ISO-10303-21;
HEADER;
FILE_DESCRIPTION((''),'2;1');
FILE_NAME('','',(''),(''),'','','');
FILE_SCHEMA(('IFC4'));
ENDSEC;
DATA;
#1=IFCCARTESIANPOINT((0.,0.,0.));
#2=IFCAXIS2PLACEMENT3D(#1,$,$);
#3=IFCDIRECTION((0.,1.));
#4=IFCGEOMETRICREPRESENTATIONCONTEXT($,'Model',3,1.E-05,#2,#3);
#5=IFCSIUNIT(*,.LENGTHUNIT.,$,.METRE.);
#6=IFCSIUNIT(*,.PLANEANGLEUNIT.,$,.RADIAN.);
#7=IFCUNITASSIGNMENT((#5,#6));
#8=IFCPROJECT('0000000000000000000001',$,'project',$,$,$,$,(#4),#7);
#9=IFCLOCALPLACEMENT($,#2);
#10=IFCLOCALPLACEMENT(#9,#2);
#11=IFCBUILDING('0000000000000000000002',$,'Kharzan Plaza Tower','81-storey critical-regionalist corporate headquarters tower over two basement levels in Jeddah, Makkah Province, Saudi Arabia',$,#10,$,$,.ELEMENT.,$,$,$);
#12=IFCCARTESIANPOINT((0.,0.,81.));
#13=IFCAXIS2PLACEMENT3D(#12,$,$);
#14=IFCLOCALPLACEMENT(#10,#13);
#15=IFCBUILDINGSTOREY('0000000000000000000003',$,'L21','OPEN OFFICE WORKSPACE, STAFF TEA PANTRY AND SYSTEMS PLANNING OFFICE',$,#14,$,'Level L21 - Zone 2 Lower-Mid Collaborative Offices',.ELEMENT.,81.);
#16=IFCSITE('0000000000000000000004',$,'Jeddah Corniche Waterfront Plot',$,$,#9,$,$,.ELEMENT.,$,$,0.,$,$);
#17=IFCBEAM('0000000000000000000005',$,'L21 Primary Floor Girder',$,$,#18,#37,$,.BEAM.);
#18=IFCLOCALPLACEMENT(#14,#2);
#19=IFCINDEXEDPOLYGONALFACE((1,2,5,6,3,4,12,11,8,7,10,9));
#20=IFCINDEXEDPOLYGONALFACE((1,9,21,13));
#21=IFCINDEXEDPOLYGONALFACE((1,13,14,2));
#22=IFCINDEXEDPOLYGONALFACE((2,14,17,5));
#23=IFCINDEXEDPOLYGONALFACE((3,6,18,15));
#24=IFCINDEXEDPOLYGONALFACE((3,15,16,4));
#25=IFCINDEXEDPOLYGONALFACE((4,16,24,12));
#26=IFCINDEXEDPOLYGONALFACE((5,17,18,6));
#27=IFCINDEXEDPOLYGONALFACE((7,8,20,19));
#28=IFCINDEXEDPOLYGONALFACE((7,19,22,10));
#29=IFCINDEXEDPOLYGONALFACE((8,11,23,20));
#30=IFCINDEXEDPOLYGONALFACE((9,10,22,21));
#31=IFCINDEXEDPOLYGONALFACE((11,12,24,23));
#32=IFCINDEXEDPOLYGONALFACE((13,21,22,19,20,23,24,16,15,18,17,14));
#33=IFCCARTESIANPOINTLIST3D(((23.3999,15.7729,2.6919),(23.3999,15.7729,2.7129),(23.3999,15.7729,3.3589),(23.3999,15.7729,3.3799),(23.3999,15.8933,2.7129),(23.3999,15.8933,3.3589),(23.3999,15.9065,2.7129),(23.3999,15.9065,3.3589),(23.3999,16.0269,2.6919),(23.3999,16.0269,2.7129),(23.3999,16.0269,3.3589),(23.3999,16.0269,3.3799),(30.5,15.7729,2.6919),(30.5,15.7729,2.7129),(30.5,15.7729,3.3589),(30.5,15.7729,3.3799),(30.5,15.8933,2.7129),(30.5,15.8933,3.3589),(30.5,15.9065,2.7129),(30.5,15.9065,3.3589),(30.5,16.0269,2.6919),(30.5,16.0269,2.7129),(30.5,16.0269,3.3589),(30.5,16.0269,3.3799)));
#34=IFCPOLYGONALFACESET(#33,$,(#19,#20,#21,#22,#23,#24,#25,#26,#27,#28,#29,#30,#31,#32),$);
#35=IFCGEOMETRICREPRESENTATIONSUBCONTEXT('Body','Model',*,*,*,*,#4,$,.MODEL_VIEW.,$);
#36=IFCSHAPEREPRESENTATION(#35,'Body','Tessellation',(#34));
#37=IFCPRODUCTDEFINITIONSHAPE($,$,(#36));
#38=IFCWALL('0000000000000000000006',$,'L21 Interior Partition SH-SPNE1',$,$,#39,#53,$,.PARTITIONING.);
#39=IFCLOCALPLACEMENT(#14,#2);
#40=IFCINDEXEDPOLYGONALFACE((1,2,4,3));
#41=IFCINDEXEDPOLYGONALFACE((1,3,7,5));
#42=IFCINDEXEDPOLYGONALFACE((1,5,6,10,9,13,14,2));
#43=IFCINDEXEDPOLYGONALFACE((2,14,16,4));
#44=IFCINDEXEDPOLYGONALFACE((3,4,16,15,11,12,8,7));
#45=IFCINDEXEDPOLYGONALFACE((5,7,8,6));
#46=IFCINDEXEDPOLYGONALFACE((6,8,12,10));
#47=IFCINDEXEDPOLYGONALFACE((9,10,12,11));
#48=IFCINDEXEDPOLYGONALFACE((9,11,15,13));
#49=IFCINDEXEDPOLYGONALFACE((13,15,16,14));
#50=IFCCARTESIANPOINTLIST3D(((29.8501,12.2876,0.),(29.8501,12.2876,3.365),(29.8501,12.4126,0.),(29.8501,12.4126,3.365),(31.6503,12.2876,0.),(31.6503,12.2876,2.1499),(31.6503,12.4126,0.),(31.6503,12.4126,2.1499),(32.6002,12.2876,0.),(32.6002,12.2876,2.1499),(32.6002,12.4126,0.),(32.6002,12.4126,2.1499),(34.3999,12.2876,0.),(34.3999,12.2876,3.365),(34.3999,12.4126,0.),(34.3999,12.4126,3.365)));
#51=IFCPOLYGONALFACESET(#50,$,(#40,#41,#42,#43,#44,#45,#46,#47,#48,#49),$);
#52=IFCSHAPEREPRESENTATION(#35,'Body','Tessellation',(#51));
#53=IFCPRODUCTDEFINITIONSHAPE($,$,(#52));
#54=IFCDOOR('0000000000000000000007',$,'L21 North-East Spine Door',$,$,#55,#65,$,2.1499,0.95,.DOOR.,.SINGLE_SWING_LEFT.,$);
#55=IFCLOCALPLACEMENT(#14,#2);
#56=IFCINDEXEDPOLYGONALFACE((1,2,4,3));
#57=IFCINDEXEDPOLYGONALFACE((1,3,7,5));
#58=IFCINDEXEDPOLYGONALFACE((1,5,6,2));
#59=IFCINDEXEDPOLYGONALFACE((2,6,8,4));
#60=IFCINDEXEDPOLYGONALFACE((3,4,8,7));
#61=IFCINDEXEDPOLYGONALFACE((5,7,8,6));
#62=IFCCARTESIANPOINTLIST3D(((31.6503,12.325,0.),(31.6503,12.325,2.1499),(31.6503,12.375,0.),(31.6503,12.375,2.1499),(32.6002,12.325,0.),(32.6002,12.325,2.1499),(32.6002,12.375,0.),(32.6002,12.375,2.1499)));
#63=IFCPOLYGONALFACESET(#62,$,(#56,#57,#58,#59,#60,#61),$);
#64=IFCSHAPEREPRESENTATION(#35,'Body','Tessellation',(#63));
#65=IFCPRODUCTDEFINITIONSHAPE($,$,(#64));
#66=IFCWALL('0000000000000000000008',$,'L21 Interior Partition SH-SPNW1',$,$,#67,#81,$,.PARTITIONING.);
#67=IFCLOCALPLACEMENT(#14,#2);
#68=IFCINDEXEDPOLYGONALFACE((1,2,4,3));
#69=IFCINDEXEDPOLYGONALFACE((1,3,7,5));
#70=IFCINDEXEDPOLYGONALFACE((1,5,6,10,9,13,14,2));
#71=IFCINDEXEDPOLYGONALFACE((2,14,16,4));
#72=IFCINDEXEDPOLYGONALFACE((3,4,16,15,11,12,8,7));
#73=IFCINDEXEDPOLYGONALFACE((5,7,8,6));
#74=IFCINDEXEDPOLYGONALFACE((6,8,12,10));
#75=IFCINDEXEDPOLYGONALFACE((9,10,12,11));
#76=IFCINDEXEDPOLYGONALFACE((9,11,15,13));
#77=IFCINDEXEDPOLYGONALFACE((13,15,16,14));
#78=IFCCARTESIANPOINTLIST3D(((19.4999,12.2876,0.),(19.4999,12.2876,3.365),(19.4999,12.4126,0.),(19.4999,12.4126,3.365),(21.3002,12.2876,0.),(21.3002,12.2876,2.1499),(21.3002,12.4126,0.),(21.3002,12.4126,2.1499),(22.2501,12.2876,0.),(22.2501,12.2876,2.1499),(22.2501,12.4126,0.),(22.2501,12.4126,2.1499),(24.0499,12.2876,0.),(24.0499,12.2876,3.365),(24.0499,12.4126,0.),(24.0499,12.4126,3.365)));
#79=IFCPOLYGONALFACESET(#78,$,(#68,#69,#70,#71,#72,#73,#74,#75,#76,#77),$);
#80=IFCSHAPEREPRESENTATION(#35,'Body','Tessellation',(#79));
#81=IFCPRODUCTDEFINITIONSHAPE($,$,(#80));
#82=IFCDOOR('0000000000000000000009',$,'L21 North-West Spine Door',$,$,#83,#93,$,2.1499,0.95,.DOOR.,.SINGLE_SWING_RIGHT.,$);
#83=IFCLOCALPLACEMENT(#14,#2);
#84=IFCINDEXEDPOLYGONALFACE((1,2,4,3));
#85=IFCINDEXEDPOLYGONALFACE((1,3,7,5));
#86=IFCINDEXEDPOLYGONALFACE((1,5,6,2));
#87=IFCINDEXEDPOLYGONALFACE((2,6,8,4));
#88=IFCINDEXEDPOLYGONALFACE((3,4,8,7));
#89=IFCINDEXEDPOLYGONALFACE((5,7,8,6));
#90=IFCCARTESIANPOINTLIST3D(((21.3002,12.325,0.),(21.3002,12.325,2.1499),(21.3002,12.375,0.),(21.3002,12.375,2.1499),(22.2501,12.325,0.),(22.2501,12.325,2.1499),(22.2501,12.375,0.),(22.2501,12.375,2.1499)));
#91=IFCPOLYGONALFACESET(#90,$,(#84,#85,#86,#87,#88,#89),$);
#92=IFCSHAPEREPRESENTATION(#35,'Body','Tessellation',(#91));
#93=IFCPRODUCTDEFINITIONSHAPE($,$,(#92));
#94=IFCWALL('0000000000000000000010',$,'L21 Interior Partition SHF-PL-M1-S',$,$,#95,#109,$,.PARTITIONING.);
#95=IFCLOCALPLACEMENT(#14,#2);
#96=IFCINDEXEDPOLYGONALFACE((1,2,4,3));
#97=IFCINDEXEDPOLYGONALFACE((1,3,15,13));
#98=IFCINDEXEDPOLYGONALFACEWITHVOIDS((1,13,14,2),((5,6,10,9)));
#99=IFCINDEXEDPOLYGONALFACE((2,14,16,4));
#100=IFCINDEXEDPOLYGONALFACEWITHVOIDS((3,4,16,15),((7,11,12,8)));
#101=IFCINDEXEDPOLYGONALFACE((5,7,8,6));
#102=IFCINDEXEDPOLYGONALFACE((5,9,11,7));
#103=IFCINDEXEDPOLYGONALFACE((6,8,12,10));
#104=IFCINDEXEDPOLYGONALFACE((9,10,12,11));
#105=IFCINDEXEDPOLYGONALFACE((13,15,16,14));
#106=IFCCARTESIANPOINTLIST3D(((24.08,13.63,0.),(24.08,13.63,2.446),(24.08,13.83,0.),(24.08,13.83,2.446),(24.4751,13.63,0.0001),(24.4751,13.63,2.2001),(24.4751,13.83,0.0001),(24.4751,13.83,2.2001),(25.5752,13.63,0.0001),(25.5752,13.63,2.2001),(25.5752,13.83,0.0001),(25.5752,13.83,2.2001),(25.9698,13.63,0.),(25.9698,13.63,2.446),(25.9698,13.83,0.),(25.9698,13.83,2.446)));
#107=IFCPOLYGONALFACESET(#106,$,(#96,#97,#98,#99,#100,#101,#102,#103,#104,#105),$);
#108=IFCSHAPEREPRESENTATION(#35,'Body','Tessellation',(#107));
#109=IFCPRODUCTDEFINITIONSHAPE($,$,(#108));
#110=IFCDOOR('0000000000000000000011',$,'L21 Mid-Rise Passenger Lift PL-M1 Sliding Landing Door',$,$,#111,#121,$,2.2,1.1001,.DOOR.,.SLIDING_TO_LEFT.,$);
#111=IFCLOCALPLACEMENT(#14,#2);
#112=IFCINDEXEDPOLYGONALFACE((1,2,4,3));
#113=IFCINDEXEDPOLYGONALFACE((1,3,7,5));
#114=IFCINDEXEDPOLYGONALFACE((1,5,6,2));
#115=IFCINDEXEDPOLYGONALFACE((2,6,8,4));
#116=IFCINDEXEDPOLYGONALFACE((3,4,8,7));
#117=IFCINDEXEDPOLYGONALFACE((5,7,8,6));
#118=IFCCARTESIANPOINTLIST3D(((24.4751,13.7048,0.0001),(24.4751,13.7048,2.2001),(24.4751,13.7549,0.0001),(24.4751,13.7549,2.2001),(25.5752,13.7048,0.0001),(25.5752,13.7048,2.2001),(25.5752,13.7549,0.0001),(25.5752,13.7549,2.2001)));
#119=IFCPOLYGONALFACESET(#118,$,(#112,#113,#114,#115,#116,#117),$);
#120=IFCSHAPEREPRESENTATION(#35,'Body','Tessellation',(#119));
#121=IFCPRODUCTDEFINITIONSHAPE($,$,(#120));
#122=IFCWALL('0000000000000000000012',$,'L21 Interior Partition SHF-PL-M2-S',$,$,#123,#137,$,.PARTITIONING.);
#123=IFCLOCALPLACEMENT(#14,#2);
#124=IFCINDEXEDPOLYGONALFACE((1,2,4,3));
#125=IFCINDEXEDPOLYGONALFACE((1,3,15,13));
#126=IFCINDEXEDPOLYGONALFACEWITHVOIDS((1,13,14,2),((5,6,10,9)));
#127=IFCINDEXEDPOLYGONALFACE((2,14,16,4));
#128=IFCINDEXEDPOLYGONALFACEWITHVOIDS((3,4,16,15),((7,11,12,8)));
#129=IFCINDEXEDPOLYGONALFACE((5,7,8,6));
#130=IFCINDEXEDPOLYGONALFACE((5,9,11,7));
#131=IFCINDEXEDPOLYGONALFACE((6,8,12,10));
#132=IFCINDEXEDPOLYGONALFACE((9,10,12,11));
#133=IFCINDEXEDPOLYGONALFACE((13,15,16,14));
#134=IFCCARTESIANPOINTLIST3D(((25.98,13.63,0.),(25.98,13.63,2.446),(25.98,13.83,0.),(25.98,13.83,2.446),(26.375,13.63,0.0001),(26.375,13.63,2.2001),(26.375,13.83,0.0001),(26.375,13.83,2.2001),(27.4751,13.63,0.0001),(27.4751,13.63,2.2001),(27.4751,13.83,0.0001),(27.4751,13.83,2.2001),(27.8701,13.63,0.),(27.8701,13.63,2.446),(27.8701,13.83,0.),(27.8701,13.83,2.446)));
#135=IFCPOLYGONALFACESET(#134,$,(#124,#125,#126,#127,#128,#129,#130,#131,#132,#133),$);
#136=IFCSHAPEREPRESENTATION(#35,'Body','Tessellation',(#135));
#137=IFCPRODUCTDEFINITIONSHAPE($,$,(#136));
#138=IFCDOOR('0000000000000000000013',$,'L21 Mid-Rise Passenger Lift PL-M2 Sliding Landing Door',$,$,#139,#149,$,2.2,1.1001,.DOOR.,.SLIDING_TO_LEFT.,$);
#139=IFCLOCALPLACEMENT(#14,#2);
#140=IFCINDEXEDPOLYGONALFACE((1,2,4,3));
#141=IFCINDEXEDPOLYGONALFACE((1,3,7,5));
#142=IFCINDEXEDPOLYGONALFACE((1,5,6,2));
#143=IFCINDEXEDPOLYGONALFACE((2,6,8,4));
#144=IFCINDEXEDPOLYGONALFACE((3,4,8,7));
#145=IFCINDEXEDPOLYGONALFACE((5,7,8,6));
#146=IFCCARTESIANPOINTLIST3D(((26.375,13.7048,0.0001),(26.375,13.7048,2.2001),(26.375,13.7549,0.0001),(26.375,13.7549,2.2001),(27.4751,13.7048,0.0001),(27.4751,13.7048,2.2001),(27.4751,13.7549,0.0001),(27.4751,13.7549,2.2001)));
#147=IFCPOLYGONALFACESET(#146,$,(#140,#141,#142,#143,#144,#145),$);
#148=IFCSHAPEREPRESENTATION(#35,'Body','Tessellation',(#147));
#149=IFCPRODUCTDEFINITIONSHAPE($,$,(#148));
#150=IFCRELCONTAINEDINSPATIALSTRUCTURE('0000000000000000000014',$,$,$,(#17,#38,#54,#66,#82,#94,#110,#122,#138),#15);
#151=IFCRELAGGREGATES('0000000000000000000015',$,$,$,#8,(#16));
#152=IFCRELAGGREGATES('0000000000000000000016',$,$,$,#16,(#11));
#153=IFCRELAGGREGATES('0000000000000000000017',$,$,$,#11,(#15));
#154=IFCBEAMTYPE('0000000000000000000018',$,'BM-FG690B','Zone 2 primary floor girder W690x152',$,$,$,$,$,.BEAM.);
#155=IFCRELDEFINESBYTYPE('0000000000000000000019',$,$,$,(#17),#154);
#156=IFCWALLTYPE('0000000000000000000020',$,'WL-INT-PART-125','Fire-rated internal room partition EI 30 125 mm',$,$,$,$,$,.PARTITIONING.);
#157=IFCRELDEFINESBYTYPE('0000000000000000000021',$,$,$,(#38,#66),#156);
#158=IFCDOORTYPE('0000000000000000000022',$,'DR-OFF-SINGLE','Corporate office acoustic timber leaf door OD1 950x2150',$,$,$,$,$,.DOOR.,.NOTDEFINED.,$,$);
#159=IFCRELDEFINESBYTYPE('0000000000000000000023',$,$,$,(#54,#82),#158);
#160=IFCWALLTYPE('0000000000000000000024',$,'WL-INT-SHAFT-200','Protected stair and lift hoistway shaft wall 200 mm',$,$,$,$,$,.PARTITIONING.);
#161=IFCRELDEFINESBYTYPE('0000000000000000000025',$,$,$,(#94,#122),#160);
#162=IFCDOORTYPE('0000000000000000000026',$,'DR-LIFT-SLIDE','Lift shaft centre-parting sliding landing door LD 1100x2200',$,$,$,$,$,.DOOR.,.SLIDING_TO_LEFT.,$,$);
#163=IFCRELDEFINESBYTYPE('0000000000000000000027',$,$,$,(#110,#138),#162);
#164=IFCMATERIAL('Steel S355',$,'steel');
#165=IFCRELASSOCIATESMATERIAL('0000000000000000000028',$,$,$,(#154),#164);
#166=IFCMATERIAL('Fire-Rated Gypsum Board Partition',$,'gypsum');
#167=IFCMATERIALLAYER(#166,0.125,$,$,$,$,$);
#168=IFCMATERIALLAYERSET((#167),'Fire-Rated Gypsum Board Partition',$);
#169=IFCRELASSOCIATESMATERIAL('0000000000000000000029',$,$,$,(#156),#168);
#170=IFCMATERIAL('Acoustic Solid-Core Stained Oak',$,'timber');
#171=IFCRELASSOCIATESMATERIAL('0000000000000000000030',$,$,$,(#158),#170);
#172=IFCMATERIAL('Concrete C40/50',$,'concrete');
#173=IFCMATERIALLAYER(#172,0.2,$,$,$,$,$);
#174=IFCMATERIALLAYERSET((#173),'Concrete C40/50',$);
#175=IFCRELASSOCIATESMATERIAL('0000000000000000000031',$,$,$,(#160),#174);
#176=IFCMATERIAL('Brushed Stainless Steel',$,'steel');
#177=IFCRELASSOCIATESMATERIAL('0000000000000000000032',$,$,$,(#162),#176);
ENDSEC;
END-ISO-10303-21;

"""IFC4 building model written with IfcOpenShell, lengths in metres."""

from ifc_helpers import new_model, si_unit, direction, frame, frame_2d, origin, origin_2d, place, context, subcontext, project, spatial, rectangle, i_section, extrude, source, transform, mapped, material, layer, layer_set, material_profile, profile_set, type_object, element, fill, save


model = new_model("IFC4")

# Units and contexts
model_context = context("Model", 3, precision=1e-05, world=origin(), true_north=direction((0.0, 1.0)))
body_context = subcontext(model_context, "Body", "Model", "MODEL_VIEW")
ifc_project = project(units=[si_unit("LENGTHUNIT", "METRE"), si_unit("PLANEANGLEUNIT", "RADIAN")], contexts=[model_context])

# Site, building, storey
site_placement = place(None, origin())
site = spatial("IfcSite", under=ifc_project, at=site_placement, Name="Jeddah Corniche Waterfront Plot", CompositionType="ELEMENT", RefElevation=0.0)
building_placement = place(site_placement, origin())
building = spatial("IfcBuilding", under=site, at=building_placement, Name="Kharzan Plaza Tower", Description="81-storey critical-regionalist corporate headquarters tower over two basement levels in Jeddah, Makkah Province, Saudi Arabia", CompositionType="ELEMENT")
storey_placement = place(building_placement, frame((0.0, 0.0, 81.0)))
storey = spatial("IfcBuildingStorey", under=building, at=storey_placement, Name="L21", Description="OPEN OFFICE WORKSPACE, STAFF TEA PANTRY AND SYSTEMS PLANNING OFFICE", LongName="Level L21 - Zone 2 Lower-Mid Collaborative Offices", CompositionType="ELEMENT", Elevation=81.0)

# Beam
ifc_material_1 = material(Name="Steel S355", Category="steel")
ifc_material_profile_1 = material_profile(ifc_material_1, i_section(OverallWidth=0.2539, OverallDepth=0.688, WebThickness=0.0132, FlangeThickness=0.021, at=origin_2d()), Name="W690x152")
ifc_profile_set_1 = profile_set([ifc_material_profile_1], Name="Steel S355")
beam_type_1 = type_object("IfcBeamType", Name="BM-FG690B", Description="Zone 2 primary floor girder W690x152", PredefinedType="BEAM", material=ifc_profile_set_1)
shared_shape_1 = source(origin(), body_context, "Body", "SweptSolid", [
    extrude(i_section(OverallWidth=0.2539, OverallDepth=0.688, WebThickness=0.0132, FlangeThickness=0.021, at=origin_2d()), origin(), (0.0, 0.0, 1.0), 7.1001),
])
beam_1_placement = place(storey_placement, frame((23.3999, 15.8999, 3.0359), z_axis=(1.0, 0.0, 0.0), x_axis=(0.0, 1.0, 0.0)))
element("IfcBeam", 1, at=beam_1_placement, inside=storey, type_object=beam_type_1, Name="L21 Primary Floor Girder", PredefinedType="BEAM", context=body_context, shape_type="MappedRepresentation", body=[
    mapped(shared_shape_1, transform((0.0, 0.0, 0.0), x_axis=(1.0, 0.0, 0.0), y_axis=(0.0, 1.0, 0.0), z_axis=(0.0, 0.0, 1.0))),
])

# Walls, openings, doors
ifc_material_2 = material(Name="Fire-Rated Gypsum Board Partition", Category="gypsum")
ifc_layer_1 = layer(ifc_material_2, 0.125)
ifc_layer_set_1 = layer_set([ifc_layer_1], Name="Fire-Rated Gypsum Board Partition")
wall_type_1 = type_object("IfcWallType", Name="WL-INT-PART-125", Description="Fire-rated internal room partition EI 30 125 mm", PredefinedType="PARTITIONING", material=ifc_layer_set_1)
wall_1_placement = place(storey_placement, frame((29.8501, 12.3501, 0.0), z_axis=(0.0, 0.0, 1.0), x_axis=(1.0, 0.0, 0.0)))
wall_1 = element("IfcWall", 2, at=wall_1_placement, inside=storey, type_object=wall_type_1, Name="L21 Interior Partition SH-SPNE1", PredefinedType="PARTITIONING", context=body_context, shape_type="SweptSolid", body=[
    extrude(rectangle(XDim=4.5498, YDim=0.125, at=frame_2d((2.2749, 0.0))), origin(), (0.0, 0.0, 1.0), 3.365),
])
opening_1_placement = place(wall_1_placement, frame((1.8, 0.0, 0.0)))
opening_1 = element("IfcOpeningElement", 3, at=opening_1_placement, cuts=wall_1, PredefinedType="OPENING", context=body_context, shape_type="SweptSolid", body=[
    extrude(rectangle(XDim=0.95, YDim=2.1499, at=frame_2d((0.4751, 1.075))), frame((0.0, 0.0725, 0.0), z_axis=(0.0, -1.0, 0.0), x_axis=(1.0, 0.0, 0.0)), (0.0, 0.0, 1.0), 0.145),
])
ifc_material_3 = material(Name="Acoustic Solid-Core Stained Oak", Category="timber")
door_type_1 = type_object("IfcDoorType", Name="DR-OFF-SINGLE", Description="Corporate office acoustic timber leaf door OD1 950x2150", OperationType="NOTDEFINED", PredefinedType="DOOR", material=ifc_material_3)
shared_shape_2 = source(origin(), body_context, "Body", "SweptSolid", [
    extrude(rectangle(XDim=0.95, YDim=2.1499, at=frame_2d((0.4751, 1.075))), frame((0.0, 0.0249, 0.0), z_axis=(0.0, -1.0, 0.0), x_axis=(1.0, 0.0, 0.0)), (0.0, 0.0, 1.0), 0.05),
])
door_1_placement = place(opening_1_placement, origin())
door_1 = element("IfcDoor", 4, at=door_1_placement, inside=storey, type_object=door_type_1, Name="L21 North-East Spine Door", OperationType="SINGLE_SWING_LEFT", OverallHeight=2.1499, OverallWidth=0.95, PredefinedType="DOOR", context=body_context, shape_type="MappedRepresentation", body=[
    mapped(shared_shape_2, transform((0.0, 0.0, 0.0), x_axis=(1.0, 0.0, 0.0), y_axis=(0.0, 1.0, 0.0), z_axis=(0.0, 0.0, 1.0))),
])
fill(opening_1, door_1)
wall_2_placement = place(storey_placement, frame((19.5, 12.3501, 0.0), z_axis=(0.0, 0.0, 1.0), x_axis=(1.0, 0.0, 0.0)))
wall_2 = element("IfcWall", 5, at=wall_2_placement, inside=storey, type_object=wall_type_1, Name="L21 Interior Partition SH-SPNW1", PredefinedType="PARTITIONING", context=body_context, shape_type="SweptSolid", body=[
    extrude(rectangle(XDim=4.55, YDim=0.125, at=frame_2d((2.2749, 0.0))), origin(), (0.0, 0.0, 1.0), 3.365),
])
opening_2_placement = place(wall_2_placement, frame((1.8, 0.0, 0.0)))
opening_2 = element("IfcOpeningElement", 6, at=opening_2_placement, cuts=wall_2, PredefinedType="OPENING", context=body_context, shape_type="SweptSolid", body=[
    extrude(rectangle(XDim=0.95, YDim=2.1499, at=frame_2d((0.4751, 1.075))), frame((0.0, 0.0725, 0.0), z_axis=(0.0, -1.0, 0.0), x_axis=(1.0, 0.0, 0.0)), (0.0, 0.0, 1.0), 0.145),
])
door_2_placement = place(opening_2_placement, origin())
door_2 = element("IfcDoor", 7, at=door_2_placement, inside=storey, type_object=door_type_1, Name="L21 North-West Spine Door", OperationType="SINGLE_SWING_RIGHT", OverallHeight=2.1499, OverallWidth=0.95, PredefinedType="DOOR", context=body_context, shape_type="MappedRepresentation", body=[
    mapped(shared_shape_2, transform((0.0, 0.0, 0.0), x_axis=(1.0, 0.0, 0.0), y_axis=(0.0, 1.0, 0.0), z_axis=(0.0, 0.0, 1.0))),
])
fill(opening_2, door_2)
ifc_material_4 = material(Name="Concrete C40/50", Category="concrete")
ifc_layer_2 = layer(ifc_material_4, 0.2)
ifc_layer_set_2 = layer_set([ifc_layer_2], Name="Concrete C40/50")
wall_type_2 = type_object("IfcWallType", Name="WL-INT-SHAFT-200", Description="Protected stair and lift hoistway shaft wall 200 mm", PredefinedType="PARTITIONING", material=ifc_layer_set_2)
wall_3_placement = place(storey_placement, frame((24.0801, 13.73, 0.0), z_axis=(0.0, 0.0, 1.0), x_axis=(1.0, 0.0, 0.0)))
wall_3 = element("IfcWall", 8, at=wall_3_placement, inside=storey, type_object=wall_type_2, Name="L21 Interior Partition SHF-PL-M1-S", PredefinedType="PARTITIONING", context=body_context, shape_type="SweptSolid", body=[
    extrude(rectangle(XDim=1.8899, YDim=0.2, at=frame_2d((0.9448, 0.0))), origin(), (0.0, 0.0, 1.0), 2.446),
])
opening_3_placement = place(wall_3_placement, frame((0.395, 0.0, 0.0)))
opening_3 = element("IfcOpeningElement", 9, at=opening_3_placement, cuts=wall_3, PredefinedType="OPENING", context=body_context, shape_type="SweptSolid", body=[
    extrude(rectangle(XDim=1.1001, YDim=2.2, at=frame_2d((0.55, 1.1001))), frame((0.0, 0.1099, 0.0), z_axis=(0.0, -1.0, 0.0), x_axis=(1.0, 0.0, 0.0)), (0.0, 0.0, 1.0), 0.22),
])
ifc_material_5 = material(Name="Brushed Stainless Steel", Category="steel")
door_type_2 = type_object("IfcDoorType", Name="DR-LIFT-SLIDE", Description="Lift shaft centre-parting sliding landing door LD 1100x2200", OperationType="SLIDING_TO_LEFT", PredefinedType="DOOR", material=ifc_material_5)
shared_shape_3 = source(origin(), body_context, "Body", "SweptSolid", [
    extrude(rectangle(XDim=1.1001, YDim=2.2, at=frame_2d((0.55, 1.1001))), frame((0.0, 0.0249, 0.0), z_axis=(0.0, -1.0, 0.0), x_axis=(1.0, 0.0, 0.0)), (0.0, 0.0, 1.0), 0.05),
])
door_3_placement = place(opening_3_placement, origin())
door_3 = element("IfcDoor", 10, at=door_3_placement, inside=storey, type_object=door_type_2, Name="L21 Mid-Rise Passenger Lift PL-M1 Sliding Landing Door", OperationType="SLIDING_TO_LEFT", OverallHeight=2.2, OverallWidth=1.1001, PredefinedType="DOOR", context=body_context, shape_type="MappedRepresentation", body=[
    mapped(shared_shape_3, transform((0.0, 0.0, 0.0), x_axis=(1.0, 0.0, 0.0), y_axis=(0.0, 1.0, 0.0), z_axis=(0.0, 0.0, 1.0))),
])
fill(opening_3, door_3)
wall_4_placement = place(storey_placement, frame((25.98, 13.73, 0.0), z_axis=(0.0, 0.0, 1.0), x_axis=(1.0, 0.0, 0.0)))
wall_4 = element("IfcWall", 11, at=wall_4_placement, inside=storey, type_object=wall_type_2, Name="L21 Interior Partition SHF-PL-M2-S", PredefinedType="PARTITIONING", context=body_context, shape_type="SweptSolid", body=[
    extrude(rectangle(XDim=1.8901, YDim=0.2, at=frame_2d((0.9451, 0.0))), origin(), (0.0, 0.0, 1.0), 2.446),
])
opening_4_placement = place(wall_4_placement, frame((0.395, 0.0, 0.0)))
opening_4 = element("IfcOpeningElement", 12, at=opening_4_placement, cuts=wall_4, PredefinedType="OPENING", context=body_context, shape_type="SweptSolid", body=[
    extrude(rectangle(XDim=1.1001, YDim=2.2, at=frame_2d((0.55, 1.1001))), frame((0.0, 0.1099, 0.0), z_axis=(0.0, -1.0, 0.0), x_axis=(1.0, 0.0, 0.0)), (0.0, 0.0, 1.0), 0.22),
])
door_4_placement = place(opening_4_placement, origin())
door_4 = element("IfcDoor", 13, at=door_4_placement, inside=storey, type_object=door_type_2, Name="L21 Mid-Rise Passenger Lift PL-M2 Sliding Landing Door", OperationType="SLIDING_TO_LEFT", OverallHeight=2.2, OverallWidth=1.1001, PredefinedType="DOOR", context=body_context, shape_type="MappedRepresentation", body=[
    mapped(shared_shape_3, transform((0.0, 0.0, 0.0), x_axis=(1.0, 0.0, 0.0), y_axis=(0.0, 1.0, 0.0), z_axis=(0.0, 0.0, 1.0))),
])
fill(opening_4, door_4)

save(model, "model.ifc")
